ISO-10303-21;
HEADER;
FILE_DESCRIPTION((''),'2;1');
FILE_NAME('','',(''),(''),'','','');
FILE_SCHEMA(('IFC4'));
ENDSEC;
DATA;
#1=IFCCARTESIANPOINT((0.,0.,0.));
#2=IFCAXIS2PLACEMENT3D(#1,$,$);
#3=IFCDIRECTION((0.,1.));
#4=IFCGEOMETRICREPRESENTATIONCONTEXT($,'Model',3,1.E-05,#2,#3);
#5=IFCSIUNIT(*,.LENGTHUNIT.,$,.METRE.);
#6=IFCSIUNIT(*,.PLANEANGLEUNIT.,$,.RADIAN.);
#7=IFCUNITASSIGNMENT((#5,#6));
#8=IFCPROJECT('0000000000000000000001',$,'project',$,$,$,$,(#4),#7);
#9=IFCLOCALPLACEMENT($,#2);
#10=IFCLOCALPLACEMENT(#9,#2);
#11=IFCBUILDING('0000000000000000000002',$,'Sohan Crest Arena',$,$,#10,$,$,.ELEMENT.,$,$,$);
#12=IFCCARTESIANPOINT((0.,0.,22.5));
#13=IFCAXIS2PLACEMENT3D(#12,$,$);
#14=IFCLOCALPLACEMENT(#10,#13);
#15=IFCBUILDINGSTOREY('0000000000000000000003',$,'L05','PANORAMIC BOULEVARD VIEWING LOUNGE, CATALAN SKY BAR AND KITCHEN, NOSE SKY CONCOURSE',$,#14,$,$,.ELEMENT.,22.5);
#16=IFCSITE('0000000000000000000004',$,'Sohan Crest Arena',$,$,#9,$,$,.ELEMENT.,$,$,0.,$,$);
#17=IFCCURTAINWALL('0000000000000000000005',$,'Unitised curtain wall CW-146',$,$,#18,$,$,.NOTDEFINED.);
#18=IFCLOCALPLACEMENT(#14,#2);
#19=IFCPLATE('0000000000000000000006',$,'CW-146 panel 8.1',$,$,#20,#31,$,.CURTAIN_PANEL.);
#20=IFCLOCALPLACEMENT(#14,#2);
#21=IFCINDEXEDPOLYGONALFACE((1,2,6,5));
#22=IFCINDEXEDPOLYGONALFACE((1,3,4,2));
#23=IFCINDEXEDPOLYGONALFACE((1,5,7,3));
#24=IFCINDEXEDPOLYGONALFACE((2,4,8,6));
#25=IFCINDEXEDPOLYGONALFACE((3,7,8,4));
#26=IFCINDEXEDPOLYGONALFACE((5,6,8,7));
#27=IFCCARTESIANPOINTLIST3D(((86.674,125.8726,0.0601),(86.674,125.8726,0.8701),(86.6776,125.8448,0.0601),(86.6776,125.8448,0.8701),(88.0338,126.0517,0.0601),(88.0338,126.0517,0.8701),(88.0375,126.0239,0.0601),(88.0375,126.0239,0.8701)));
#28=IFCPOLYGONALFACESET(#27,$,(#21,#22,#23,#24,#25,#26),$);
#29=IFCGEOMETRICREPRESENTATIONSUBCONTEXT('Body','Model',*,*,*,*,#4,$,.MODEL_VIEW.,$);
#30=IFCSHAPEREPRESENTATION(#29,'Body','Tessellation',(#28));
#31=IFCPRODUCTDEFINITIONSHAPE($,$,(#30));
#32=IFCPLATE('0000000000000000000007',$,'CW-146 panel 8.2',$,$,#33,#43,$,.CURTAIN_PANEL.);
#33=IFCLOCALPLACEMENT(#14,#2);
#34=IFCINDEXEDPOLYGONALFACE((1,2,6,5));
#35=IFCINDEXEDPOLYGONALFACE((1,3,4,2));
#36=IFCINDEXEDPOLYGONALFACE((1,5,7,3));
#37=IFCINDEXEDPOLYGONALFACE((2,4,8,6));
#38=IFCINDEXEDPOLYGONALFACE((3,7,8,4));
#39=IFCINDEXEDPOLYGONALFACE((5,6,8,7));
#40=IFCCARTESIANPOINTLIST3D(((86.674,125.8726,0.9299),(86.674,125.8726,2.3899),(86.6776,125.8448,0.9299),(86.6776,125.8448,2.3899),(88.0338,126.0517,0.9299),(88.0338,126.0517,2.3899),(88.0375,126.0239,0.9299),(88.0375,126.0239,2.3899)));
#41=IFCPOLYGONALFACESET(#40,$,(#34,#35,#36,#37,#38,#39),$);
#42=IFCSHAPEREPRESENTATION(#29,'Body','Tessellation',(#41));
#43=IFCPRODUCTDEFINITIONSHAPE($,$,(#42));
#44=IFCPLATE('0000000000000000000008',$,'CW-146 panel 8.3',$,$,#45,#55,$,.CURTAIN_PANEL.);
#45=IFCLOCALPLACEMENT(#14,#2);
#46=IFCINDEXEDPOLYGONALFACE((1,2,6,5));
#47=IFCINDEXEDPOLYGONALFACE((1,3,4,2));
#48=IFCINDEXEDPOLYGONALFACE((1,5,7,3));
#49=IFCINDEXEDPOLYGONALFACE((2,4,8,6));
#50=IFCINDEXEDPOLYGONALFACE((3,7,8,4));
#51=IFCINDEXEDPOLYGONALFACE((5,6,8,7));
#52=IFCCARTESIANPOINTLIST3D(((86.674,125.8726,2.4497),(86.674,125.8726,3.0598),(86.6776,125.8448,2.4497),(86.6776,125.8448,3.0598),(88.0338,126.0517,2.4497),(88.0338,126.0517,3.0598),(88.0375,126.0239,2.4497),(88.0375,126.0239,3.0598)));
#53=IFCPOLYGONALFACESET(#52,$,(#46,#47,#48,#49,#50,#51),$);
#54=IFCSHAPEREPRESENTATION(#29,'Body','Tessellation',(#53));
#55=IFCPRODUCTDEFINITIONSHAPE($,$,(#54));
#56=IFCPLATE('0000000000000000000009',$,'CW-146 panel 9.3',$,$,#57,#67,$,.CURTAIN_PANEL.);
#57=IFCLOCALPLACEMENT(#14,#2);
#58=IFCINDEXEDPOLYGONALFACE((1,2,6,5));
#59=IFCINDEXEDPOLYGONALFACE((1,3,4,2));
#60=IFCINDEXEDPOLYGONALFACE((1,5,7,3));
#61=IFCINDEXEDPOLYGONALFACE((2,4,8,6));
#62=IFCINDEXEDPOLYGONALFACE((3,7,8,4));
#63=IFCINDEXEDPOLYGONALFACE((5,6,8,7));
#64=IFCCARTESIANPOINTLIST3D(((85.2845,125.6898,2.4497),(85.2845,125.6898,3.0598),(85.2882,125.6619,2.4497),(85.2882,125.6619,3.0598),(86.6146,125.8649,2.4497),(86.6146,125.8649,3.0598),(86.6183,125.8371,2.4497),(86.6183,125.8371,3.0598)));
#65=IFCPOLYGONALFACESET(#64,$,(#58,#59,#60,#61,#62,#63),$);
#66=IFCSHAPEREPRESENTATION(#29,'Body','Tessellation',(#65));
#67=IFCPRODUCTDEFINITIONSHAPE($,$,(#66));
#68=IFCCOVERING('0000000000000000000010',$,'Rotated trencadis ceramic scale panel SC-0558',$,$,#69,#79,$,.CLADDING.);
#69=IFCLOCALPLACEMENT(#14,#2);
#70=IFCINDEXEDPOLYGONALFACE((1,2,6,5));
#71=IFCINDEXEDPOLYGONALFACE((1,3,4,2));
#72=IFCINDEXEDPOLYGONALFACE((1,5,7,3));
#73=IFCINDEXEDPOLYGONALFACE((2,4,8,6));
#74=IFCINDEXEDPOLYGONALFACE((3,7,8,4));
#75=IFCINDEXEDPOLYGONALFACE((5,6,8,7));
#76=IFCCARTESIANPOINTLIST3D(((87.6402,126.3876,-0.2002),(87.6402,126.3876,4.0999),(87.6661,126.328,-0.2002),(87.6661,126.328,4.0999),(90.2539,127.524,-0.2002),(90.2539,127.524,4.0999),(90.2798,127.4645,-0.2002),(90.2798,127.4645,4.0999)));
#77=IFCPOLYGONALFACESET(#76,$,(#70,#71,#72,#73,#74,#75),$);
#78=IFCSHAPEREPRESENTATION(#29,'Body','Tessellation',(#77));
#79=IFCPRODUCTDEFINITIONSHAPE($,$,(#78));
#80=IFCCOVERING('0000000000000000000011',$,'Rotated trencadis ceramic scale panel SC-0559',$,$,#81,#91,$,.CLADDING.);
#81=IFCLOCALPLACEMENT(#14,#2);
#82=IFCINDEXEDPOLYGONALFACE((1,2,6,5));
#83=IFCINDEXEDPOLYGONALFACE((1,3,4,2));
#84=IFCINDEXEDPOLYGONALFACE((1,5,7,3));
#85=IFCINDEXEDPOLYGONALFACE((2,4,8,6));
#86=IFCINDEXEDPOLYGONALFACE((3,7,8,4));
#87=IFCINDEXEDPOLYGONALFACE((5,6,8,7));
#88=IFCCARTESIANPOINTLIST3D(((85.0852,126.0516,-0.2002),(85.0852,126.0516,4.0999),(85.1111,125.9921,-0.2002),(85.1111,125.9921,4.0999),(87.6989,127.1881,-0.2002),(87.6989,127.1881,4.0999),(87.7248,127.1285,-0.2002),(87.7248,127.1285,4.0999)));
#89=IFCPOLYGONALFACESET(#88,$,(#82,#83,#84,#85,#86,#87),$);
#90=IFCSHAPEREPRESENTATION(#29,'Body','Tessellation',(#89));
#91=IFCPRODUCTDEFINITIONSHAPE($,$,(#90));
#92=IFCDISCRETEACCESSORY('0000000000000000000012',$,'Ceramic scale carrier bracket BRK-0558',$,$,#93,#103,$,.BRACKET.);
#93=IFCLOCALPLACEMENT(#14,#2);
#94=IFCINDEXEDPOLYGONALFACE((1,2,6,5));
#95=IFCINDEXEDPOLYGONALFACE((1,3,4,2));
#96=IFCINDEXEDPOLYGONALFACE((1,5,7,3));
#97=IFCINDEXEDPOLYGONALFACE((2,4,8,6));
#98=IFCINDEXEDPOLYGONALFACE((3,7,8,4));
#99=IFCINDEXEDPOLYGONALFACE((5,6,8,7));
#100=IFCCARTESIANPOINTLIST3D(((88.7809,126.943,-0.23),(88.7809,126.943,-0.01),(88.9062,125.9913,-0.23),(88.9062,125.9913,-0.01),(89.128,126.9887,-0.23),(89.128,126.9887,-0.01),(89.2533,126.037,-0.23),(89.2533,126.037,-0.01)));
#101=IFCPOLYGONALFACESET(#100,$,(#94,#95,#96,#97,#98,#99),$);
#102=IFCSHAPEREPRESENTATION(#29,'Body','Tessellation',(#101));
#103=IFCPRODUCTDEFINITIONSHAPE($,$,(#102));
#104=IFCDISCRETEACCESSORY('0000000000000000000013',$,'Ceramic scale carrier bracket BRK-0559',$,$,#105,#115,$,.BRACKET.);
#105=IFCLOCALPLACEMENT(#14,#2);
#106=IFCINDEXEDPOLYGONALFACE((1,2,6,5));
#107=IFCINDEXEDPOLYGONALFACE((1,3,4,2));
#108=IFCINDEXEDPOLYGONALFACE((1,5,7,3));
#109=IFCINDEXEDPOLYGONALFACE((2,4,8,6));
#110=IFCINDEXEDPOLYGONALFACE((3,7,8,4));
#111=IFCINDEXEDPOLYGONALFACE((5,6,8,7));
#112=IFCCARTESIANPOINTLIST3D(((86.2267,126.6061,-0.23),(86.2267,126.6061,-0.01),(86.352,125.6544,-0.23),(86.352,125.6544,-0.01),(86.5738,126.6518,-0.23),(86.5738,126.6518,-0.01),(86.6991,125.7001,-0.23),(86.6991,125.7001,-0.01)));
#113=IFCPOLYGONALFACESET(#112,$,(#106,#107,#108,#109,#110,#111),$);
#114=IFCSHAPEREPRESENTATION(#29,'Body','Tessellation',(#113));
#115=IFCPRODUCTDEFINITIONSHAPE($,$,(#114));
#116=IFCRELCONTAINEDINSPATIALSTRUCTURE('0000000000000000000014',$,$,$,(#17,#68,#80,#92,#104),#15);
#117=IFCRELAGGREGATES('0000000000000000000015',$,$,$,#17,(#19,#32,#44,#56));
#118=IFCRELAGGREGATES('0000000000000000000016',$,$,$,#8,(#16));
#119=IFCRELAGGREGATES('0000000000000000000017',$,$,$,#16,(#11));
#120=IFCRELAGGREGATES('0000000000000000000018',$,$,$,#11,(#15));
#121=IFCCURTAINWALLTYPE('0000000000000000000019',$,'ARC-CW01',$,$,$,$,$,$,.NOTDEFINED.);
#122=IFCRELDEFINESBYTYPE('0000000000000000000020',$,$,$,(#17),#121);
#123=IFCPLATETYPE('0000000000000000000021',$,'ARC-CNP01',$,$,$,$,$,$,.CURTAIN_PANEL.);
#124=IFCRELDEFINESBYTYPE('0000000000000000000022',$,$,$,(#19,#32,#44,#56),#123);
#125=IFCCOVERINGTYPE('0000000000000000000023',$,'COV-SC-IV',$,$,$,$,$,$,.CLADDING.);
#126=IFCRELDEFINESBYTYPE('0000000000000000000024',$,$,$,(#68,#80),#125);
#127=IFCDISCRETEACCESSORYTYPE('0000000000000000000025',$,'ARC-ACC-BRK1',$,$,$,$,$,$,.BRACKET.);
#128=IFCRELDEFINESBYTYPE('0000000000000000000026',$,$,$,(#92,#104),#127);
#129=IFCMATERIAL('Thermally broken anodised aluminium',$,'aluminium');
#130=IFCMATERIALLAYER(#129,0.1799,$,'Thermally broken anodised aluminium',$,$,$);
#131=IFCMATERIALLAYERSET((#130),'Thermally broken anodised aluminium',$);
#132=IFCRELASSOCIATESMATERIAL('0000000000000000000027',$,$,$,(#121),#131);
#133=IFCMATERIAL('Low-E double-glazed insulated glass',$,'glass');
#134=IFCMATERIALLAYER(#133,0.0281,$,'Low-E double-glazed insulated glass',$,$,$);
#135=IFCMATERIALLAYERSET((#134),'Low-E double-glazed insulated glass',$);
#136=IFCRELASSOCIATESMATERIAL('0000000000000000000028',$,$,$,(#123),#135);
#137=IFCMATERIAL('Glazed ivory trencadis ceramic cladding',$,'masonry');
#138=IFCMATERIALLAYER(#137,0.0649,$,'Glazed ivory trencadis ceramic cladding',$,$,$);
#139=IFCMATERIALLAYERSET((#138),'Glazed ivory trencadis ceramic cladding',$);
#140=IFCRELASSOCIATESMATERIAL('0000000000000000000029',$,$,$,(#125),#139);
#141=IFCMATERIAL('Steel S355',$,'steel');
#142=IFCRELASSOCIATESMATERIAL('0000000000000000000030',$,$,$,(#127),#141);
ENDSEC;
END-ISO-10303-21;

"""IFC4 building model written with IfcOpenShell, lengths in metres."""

from ifc_helpers import new_model, si_unit, direction, frame, origin, origin_2d, place, context, subcontext, project, spatial, rectangle, extrude, material, layer, layer_set, type_object, element, aggregate, save


model = new_model("IFC4")

# Units and contexts
model_context = context("Model", 3, precision=1e-05, world=origin(), true_north=direction((0.0, 1.0)))
body_context = subcontext(model_context, "Body", "Model", "MODEL_VIEW")
ifc_project = project(units=[si_unit("LENGTHUNIT", "METRE"), si_unit("PLANEANGLEUNIT", "RADIAN")], contexts=[model_context])

# Site, building, storey
site_placement = place(None, origin())
site = spatial("IfcSite", under=ifc_project, at=site_placement, Name="Sohan Crest Arena", CompositionType="ELEMENT", RefElevation=0.0)
building_placement = place(site_placement, origin())
building = spatial("IfcBuilding", under=site, at=building_placement, Name="Sohan Crest Arena", CompositionType="ELEMENT")
storey_placement = place(building_placement, frame((0.0, 0.0, 22.5)))
storey = spatial("IfcBuildingStorey", under=building, at=storey_placement, Name="L05", Description="PANORAMIC BOULEVARD VIEWING LOUNGE, CATALAN SKY BAR AND KITCHEN, NOSE SKY CONCOURSE", CompositionType="ELEMENT", Elevation=22.5)

# Curtain wall, plates
ifc_material_1 = material(Name="Thermally broken anodised aluminium", Category="aluminium")
ifc_layer_1 = layer(ifc_material_1, 0.1799, Name="Thermally broken anodised aluminium")
ifc_layer_set_1 = layer_set([ifc_layer_1], Name="Thermally broken anodised aluminium")
curtain_wall_type = type_object("IfcCurtainWallType", Name="ARC-CW01", PredefinedType="NOTDEFINED", material=ifc_layer_set_1)
curtain_wall_placement = place(storey_placement, origin())
curtain_wall = element("IfcCurtainWall", 1, at=curtain_wall_placement, inside=storey, type_object=curtain_wall_type, Name="Unitised curtain wall CW-146", PredefinedType="NOTDEFINED")
ifc_material_2 = material(Name="Low-E double-glazed insulated glass", Category="glass")
ifc_layer_2 = layer(ifc_material_2, 0.0281, Name="Low-E double-glazed insulated glass")
ifc_layer_set_2 = layer_set([ifc_layer_2], Name="Low-E double-glazed insulated glass")
plate_type = type_object("IfcPlateType", Name="ARC-CNP01", PredefinedType="CURTAIN_PANEL", material=ifc_layer_set_2)
plate_1_placement = place(storey_placement, frame((87.3557, 125.9482, 0.0601), z_axis=(0.0, 0.0, 1.0), x_axis=(-0.991441, -0.130557, 0.0)))
plate_1 = element("IfcPlate", 2, at=plate_1_placement, type_object=plate_type, Name="CW-146 panel 8.1", PredefinedType="CURTAIN_PANEL", context=body_context, shape_type="SweptSolid", body=[
    extrude(rectangle(XDim=1.3716, YDim=0.0281, at=origin_2d()), origin(), (0.0, 0.0, 1.0), 0.8101),
])
plate_2_placement = place(storey_placement, frame((87.3557, 125.9482, 0.9299), z_axis=(0.0, 0.0, 1.0), x_axis=(-0.991441, -0.130557, 0.0)))
plate_2 = element("IfcPlate", 3, at=plate_2_placement, type_object=plate_type, Name="CW-146 panel 8.2", PredefinedType="CURTAIN_PANEL", context=body_context, shape_type="SweptSolid", body=[
    extrude(rectangle(XDim=1.3716, YDim=0.0281, at=origin_2d()), origin(), (0.0, 0.0, 1.0), 1.46),
])
plate_3_placement = place(storey_placement, frame((87.3557, 125.9482, 2.4497), z_axis=(0.0, 0.0, 1.0), x_axis=(-0.991441, -0.130557, 0.0)))
plate_3 = element("IfcPlate", 4, at=plate_3_placement, type_object=plate_type, Name="CW-146 panel 8.3", PredefinedType="CURTAIN_PANEL", context=body_context, shape_type="SweptSolid", body=[
    extrude(rectangle(XDim=1.3716, YDim=0.0281, at=origin_2d()), origin(), (0.0, 0.0, 1.0), 0.6101),
])
plate_4_placement = place(storey_placement, frame((85.9514, 125.7634, 2.4497), z_axis=(0.0, 0.0, 1.0), x_axis=(-0.991441, -0.130557, 0.0)))
plate_4 = element("IfcPlate", 5, at=plate_4_placement, type_object=plate_type, Name="CW-146 panel 9.3", PredefinedType="CURTAIN_PANEL", context=body_context, shape_type="SweptSolid", body=[
    extrude(rectangle(XDim=1.3416, YDim=0.0281, at=origin_2d()), origin(), (0.0, 0.0, 1.0), 0.6101),
])
aggregate(curtain_wall, [plate_1, plate_2, plate_3, plate_4])

# Coverings
ifc_material_3 = material(Name="Glazed ivory trencadis ceramic cladding", Category="masonry")
ifc_layer_3 = layer(ifc_material_3, 0.0649, Name="Glazed ivory trencadis ceramic cladding")
ifc_layer_set_3 = layer_set([ifc_layer_3], Name="Glazed ivory trencadis ceramic cladding")
covering_type = type_object("IfcCoveringType", Name="COV-SC-IV", PredefinedType="CLADDING", material=ifc_layer_set_3)
for number, where, z_axis, x_axis, name in (
    (6, (88.96, 126.926, -0.2002), (0.0, 0.0, 1.0), (-0.91706, -0.398749, 0.0), "Rotated trencadis ceramic scale panel SC-0558"),
    (7, (86.405, 126.5901, -0.2002), (0.0, 0.0, 1.0), (-0.91706, -0.398749, 0.0), "Rotated trencadis ceramic scale panel SC-0559"),
):
    element("IfcCovering", number, at=place(storey_placement, frame(where, z_axis=z_axis, x_axis=x_axis)), inside=storey, type_object=covering_type, Name=name, PredefinedType="CLADDING", context=body_context, shape_type="SweptSolid", body=[
        extrude(rectangle(XDim=2.8501, YDim=0.0649, at=origin_2d()), origin(), (0.0, 0.0, 1.0), 4.3),
    ])

# Discrete accessories
ifc_material_4 = material(Name="Steel S355", Category="steel")
discrete_accessory_type = type_object("IfcDiscreteAccessoryType", Name="ARC-ACC-BRK1", PredefinedType="BRACKET", material=ifc_material_4)
for number, where, z_axis, x_axis, name in (
    (8, (89.0171, 126.49, -0.23), (0.0, 0.0, 1.0), (-0.991445, -0.130526, 0.0), "Ceramic scale carrier bracket BRK-0558"),
    (9, (86.4629, 126.1531, -0.23), (0.0, 0.0, 1.0), (-0.991445, -0.130526, 0.0), "Ceramic scale carrier bracket BRK-0559"),
):
    element("IfcDiscreteAccessory", number, at=place(storey_placement, frame(where, z_axis=z_axis, x_axis=x_axis)), inside=storey, type_object=discrete_accessory_type, Name=name, PredefinedType="BRACKET", context=body_context, shape_type="SweptSolid", body=[
        extrude(rectangle(XDim=0.3501, YDim=0.96, at=origin_2d()), origin(), (0.0, 0.0, 1.0), 0.22),
    ])

save(model, "model.ifc")
